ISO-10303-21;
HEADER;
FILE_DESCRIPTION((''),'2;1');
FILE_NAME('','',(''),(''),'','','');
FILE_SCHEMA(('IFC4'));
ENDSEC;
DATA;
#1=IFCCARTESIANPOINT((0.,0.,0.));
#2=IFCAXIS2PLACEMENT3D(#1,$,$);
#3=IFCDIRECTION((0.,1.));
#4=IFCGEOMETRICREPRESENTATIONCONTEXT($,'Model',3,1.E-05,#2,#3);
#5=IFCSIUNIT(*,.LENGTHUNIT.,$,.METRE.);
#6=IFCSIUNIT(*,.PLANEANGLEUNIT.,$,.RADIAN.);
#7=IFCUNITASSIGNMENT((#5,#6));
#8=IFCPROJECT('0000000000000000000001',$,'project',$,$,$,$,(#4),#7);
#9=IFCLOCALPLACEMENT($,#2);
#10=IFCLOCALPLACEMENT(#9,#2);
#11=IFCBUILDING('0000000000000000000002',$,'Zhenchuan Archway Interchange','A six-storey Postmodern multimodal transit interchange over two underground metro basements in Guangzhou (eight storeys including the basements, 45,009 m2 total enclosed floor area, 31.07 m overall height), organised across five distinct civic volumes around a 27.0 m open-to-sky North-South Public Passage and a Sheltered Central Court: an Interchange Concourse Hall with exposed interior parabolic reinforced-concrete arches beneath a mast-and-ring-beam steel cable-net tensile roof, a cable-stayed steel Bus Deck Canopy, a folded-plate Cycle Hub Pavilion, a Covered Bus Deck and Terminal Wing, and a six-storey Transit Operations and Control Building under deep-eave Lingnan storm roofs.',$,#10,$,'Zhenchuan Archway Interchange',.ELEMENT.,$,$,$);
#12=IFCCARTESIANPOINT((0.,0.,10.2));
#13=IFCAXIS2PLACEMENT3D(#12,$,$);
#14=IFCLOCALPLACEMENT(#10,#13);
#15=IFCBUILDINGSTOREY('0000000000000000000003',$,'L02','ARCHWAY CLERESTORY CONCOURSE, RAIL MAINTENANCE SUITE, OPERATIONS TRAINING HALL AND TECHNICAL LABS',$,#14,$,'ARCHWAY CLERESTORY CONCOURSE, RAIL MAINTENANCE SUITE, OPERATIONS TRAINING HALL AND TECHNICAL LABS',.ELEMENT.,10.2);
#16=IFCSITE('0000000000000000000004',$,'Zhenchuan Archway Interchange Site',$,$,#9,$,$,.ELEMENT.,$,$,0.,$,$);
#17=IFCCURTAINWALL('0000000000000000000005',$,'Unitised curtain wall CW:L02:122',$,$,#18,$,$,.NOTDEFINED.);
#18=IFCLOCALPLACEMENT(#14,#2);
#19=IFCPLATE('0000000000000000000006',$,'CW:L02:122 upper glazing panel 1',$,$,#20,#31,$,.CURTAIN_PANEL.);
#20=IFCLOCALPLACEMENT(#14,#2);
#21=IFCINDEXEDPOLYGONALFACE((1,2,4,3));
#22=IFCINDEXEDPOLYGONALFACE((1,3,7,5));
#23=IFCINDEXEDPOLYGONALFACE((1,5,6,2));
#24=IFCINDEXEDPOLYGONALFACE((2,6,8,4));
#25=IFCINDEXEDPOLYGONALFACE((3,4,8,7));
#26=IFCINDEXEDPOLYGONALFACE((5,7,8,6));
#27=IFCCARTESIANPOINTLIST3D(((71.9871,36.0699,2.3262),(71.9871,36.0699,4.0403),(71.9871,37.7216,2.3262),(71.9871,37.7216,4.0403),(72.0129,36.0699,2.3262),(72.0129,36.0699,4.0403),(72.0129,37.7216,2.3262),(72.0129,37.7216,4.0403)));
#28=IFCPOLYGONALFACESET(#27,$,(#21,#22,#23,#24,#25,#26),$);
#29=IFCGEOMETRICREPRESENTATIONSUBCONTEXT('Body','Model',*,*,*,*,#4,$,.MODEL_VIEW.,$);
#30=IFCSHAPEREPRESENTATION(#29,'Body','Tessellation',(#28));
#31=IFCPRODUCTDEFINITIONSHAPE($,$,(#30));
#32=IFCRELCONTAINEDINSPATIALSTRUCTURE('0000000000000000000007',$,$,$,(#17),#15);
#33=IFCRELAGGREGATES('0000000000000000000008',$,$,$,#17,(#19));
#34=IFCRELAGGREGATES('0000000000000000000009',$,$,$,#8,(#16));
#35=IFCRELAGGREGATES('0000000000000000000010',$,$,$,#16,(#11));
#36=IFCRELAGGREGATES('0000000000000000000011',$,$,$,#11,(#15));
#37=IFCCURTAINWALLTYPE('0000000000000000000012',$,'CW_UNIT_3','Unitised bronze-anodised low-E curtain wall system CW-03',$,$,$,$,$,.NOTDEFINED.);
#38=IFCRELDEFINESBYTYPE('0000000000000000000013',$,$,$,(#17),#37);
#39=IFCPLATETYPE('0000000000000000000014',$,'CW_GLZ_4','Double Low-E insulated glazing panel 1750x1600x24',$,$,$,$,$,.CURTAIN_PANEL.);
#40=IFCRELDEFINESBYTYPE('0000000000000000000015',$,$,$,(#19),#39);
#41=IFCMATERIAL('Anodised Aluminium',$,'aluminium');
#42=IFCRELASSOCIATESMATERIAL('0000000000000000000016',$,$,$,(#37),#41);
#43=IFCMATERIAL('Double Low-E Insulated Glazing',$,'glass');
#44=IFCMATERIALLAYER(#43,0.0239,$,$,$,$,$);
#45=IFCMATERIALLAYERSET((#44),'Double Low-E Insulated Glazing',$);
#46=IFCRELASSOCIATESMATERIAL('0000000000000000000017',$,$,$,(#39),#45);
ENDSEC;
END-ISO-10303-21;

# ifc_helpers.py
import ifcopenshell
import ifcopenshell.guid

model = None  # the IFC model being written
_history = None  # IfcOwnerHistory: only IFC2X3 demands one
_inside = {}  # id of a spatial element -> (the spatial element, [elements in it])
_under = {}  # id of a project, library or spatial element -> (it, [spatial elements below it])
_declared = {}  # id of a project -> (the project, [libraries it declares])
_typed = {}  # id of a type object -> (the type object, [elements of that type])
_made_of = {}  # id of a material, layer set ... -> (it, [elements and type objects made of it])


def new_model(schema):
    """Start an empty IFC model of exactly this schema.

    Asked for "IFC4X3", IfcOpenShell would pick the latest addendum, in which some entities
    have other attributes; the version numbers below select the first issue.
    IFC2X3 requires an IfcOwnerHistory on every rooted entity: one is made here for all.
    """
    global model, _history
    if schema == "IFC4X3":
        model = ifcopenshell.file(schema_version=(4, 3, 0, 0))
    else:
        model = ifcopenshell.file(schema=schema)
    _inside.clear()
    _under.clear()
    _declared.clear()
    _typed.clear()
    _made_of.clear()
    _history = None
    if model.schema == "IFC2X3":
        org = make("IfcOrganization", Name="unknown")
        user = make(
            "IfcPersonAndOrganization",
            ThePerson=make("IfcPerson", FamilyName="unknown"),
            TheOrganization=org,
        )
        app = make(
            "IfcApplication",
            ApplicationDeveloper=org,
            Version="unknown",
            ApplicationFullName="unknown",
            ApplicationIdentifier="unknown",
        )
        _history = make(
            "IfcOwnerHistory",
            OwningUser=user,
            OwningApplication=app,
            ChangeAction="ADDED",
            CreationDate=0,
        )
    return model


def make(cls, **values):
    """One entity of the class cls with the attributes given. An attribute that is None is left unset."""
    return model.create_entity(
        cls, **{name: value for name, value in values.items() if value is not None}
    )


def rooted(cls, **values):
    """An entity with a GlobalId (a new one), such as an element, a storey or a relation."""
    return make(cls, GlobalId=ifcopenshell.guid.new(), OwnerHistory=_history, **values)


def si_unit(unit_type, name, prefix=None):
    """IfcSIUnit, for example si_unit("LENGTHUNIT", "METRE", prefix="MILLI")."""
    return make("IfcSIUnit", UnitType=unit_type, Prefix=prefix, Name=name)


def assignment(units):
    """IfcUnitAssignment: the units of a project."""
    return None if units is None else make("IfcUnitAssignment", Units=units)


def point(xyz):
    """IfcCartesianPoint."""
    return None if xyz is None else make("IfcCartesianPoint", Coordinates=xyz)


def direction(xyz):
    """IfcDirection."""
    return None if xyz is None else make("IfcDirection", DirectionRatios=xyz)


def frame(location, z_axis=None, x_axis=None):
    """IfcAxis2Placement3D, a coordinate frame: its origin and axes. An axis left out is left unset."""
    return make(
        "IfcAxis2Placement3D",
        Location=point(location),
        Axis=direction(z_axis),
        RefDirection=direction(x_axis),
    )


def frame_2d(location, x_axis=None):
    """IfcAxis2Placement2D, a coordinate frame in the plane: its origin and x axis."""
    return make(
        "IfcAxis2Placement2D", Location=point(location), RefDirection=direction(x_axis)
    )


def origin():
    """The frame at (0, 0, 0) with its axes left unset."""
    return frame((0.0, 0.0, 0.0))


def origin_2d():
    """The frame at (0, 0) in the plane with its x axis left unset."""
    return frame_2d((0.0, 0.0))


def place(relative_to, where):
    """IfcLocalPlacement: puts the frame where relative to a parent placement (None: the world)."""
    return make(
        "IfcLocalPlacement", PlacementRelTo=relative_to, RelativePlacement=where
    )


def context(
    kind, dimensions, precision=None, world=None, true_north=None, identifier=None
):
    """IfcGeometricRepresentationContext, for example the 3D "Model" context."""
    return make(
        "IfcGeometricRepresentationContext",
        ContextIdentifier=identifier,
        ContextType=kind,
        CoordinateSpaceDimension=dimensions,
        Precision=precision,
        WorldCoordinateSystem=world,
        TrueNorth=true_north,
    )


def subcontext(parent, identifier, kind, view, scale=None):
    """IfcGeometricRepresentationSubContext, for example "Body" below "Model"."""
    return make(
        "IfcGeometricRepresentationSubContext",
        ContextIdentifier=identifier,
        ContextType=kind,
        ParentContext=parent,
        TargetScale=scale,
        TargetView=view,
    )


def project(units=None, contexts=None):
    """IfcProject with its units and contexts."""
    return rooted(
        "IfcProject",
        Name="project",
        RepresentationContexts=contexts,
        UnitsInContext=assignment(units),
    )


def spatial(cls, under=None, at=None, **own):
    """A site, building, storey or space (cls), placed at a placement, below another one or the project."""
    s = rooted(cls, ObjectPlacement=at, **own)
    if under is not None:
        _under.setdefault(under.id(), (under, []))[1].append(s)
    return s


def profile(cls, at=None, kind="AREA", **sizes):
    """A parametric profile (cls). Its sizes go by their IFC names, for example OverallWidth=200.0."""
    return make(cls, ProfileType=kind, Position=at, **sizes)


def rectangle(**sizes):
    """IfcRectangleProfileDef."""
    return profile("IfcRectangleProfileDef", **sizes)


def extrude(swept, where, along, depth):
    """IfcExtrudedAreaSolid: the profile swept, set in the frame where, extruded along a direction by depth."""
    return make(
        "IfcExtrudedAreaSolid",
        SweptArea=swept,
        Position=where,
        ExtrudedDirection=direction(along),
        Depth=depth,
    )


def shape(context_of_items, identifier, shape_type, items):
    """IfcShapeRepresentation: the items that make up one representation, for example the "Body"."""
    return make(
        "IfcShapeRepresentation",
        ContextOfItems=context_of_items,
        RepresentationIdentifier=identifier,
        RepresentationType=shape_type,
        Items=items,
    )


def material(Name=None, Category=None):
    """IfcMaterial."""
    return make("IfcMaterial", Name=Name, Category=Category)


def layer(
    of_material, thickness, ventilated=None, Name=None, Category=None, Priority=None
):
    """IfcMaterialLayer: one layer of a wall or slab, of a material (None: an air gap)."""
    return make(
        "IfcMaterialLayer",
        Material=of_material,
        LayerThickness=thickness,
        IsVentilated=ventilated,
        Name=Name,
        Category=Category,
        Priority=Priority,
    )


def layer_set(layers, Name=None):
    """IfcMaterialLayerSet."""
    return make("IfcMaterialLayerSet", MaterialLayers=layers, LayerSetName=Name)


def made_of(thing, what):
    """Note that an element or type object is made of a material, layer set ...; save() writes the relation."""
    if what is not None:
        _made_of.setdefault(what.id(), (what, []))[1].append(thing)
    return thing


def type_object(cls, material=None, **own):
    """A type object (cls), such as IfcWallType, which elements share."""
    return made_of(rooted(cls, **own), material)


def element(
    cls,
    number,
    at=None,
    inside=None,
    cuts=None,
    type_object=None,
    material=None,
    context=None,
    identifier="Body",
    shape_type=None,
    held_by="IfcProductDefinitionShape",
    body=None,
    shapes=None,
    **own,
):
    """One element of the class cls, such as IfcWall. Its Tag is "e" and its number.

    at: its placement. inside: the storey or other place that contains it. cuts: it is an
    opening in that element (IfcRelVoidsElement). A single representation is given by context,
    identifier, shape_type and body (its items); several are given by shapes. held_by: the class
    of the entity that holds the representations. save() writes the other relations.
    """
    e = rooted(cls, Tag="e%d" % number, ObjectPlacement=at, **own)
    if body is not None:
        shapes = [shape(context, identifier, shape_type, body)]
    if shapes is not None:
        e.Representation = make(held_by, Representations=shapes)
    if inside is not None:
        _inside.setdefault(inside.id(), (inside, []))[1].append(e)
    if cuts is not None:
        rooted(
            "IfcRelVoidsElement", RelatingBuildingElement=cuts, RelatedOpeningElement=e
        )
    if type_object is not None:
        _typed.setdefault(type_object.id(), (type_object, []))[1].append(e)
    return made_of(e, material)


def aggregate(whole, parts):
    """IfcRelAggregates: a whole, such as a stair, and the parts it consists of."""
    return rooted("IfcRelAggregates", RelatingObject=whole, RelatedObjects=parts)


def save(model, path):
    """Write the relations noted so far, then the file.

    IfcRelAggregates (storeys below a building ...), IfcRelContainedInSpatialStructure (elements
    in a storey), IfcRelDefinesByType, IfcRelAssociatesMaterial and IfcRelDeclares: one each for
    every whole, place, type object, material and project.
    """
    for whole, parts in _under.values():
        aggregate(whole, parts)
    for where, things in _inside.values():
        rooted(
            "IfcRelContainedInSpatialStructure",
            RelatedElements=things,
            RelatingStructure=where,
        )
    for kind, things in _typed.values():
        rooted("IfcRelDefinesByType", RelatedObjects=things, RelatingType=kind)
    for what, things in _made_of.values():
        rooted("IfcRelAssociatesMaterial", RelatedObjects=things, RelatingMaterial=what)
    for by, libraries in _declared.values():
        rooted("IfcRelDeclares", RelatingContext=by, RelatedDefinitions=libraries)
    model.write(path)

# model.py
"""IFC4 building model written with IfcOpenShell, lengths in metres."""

from ifc_helpers import new_model, si_unit, direction, frame, origin, origin_2d, place, context, subcontext, project, spatial, rectangle, extrude, material, layer, layer_set, type_object, element, aggregate, save


model = new_model("IFC4")

# Units and contexts
model_context = context("Model", 3, precision=1e-05, world=origin(), true_north=direction((0.0, 1.0)))
body_context = subcontext(model_context, "Body", "Model", "MODEL_VIEW")
ifc_project = project(units=[si_unit("LENGTHUNIT", "METRE"), si_unit("PLANEANGLEUNIT", "RADIAN")], contexts=[model_context])

# Site, building, storey
site_placement = place(None, origin())
site = spatial("IfcSite", under=ifc_project, at=site_placement, Name="Zhenchuan Archway Interchange Site", CompositionType="ELEMENT", RefElevation=0.0)
building_placement = place(site_placement, origin())
building = spatial("IfcBuilding", under=site, at=building_placement, Name="Zhenchuan Archway Interchange", Description="A six-storey Postmodern multimodal transit interchange over two underground metro basements in Guangzhou (eight storeys including the basements, 45,009 m2 total enclosed floor area, 31.07 m overall height), organised across five distinct civic volumes around a 27.0 m open-to-sky North-South Public Passage and a Sheltered Central Court: an Interchange Concourse Hall with exposed interior parabolic reinforced-concrete arches beneath a mast-and-ring-beam steel cable-net tensile roof, a cable-stayed steel Bus Deck Canopy, a folded-plate Cycle Hub Pavilion, a Covered Bus Deck and Terminal Wing, and a six-storey Transit Operations and Control Building under deep-eave Lingnan storm roofs.", LongName="Zhenchuan Archway Interchange", CompositionType="ELEMENT")
storey_placement = place(building_placement, frame((0.0, 0.0, 10.2)))
storey = spatial("IfcBuildingStorey", under=building, at=storey_placement, Name="L02", Description="ARCHWAY CLERESTORY CONCOURSE, RAIL MAINTENANCE SUITE, OPERATIONS TRAINING HALL AND TECHNICAL LABS", LongName="ARCHWAY CLERESTORY CONCOURSE, RAIL MAINTENANCE SUITE, OPERATIONS TRAINING HALL AND TECHNICAL LABS", CompositionType="ELEMENT", Elevation=10.2)

# Curtain wall
ifc_material_1 = material(Name="Anodised Aluminium", Category="aluminium")
curtain_wall_type = type_object("IfcCurtainWallType", Name="CW_UNIT_3", Description="Unitised bronze-anodised low-E curtain wall system CW-03", PredefinedType="NOTDEFINED", material=ifc_material_1)
curtain_wall_placement = place(storey_placement, origin())
curtain_wall = element("IfcCurtainWall", 1, at=curtain_wall_placement, inside=storey, type_object=curtain_wall_type, Name="Unitised curtain wall CW:L02:122", PredefinedType="NOTDEFINED")

# Plate
ifc_material_2 = material(Name="Double Low-E Insulated Glazing", Category="glass")
ifc_layer_1 = layer(ifc_material_2, 0.0239)
ifc_layer_set_1 = layer_set([ifc_layer_1], Name="Double Low-E Insulated Glazing")
plate_type_1 = type_object("IfcPlateType", Name="CW_GLZ_4", Description="Double Low-E insulated glazing panel 1750x1600x24", PredefinedType="CURTAIN_PANEL", material=ifc_layer_set_1)
plate_1_placement = place(storey_placement, frame((72.0, 36.8958, 2.3262), z_axis=(0.0, 0.0, 1.0), x_axis=(0.0, -1.0, 0.0)))
plate_1 = element("IfcPlate", 2, at=plate_1_placement, type_object=plate_type_1, Name="CW:L02:122 upper glazing panel 1", PredefinedType="CURTAIN_PANEL", context=body_context, shape_type="SweptSolid", body=[
    extrude(rectangle(XDim=1.6516, YDim=0.0259, at=origin_2d()), origin(), (0.0, 0.0, 1.0), 1.7141),
])
aggregate(curtain_wall, [plate_1])

save(model, "model.ifc")
